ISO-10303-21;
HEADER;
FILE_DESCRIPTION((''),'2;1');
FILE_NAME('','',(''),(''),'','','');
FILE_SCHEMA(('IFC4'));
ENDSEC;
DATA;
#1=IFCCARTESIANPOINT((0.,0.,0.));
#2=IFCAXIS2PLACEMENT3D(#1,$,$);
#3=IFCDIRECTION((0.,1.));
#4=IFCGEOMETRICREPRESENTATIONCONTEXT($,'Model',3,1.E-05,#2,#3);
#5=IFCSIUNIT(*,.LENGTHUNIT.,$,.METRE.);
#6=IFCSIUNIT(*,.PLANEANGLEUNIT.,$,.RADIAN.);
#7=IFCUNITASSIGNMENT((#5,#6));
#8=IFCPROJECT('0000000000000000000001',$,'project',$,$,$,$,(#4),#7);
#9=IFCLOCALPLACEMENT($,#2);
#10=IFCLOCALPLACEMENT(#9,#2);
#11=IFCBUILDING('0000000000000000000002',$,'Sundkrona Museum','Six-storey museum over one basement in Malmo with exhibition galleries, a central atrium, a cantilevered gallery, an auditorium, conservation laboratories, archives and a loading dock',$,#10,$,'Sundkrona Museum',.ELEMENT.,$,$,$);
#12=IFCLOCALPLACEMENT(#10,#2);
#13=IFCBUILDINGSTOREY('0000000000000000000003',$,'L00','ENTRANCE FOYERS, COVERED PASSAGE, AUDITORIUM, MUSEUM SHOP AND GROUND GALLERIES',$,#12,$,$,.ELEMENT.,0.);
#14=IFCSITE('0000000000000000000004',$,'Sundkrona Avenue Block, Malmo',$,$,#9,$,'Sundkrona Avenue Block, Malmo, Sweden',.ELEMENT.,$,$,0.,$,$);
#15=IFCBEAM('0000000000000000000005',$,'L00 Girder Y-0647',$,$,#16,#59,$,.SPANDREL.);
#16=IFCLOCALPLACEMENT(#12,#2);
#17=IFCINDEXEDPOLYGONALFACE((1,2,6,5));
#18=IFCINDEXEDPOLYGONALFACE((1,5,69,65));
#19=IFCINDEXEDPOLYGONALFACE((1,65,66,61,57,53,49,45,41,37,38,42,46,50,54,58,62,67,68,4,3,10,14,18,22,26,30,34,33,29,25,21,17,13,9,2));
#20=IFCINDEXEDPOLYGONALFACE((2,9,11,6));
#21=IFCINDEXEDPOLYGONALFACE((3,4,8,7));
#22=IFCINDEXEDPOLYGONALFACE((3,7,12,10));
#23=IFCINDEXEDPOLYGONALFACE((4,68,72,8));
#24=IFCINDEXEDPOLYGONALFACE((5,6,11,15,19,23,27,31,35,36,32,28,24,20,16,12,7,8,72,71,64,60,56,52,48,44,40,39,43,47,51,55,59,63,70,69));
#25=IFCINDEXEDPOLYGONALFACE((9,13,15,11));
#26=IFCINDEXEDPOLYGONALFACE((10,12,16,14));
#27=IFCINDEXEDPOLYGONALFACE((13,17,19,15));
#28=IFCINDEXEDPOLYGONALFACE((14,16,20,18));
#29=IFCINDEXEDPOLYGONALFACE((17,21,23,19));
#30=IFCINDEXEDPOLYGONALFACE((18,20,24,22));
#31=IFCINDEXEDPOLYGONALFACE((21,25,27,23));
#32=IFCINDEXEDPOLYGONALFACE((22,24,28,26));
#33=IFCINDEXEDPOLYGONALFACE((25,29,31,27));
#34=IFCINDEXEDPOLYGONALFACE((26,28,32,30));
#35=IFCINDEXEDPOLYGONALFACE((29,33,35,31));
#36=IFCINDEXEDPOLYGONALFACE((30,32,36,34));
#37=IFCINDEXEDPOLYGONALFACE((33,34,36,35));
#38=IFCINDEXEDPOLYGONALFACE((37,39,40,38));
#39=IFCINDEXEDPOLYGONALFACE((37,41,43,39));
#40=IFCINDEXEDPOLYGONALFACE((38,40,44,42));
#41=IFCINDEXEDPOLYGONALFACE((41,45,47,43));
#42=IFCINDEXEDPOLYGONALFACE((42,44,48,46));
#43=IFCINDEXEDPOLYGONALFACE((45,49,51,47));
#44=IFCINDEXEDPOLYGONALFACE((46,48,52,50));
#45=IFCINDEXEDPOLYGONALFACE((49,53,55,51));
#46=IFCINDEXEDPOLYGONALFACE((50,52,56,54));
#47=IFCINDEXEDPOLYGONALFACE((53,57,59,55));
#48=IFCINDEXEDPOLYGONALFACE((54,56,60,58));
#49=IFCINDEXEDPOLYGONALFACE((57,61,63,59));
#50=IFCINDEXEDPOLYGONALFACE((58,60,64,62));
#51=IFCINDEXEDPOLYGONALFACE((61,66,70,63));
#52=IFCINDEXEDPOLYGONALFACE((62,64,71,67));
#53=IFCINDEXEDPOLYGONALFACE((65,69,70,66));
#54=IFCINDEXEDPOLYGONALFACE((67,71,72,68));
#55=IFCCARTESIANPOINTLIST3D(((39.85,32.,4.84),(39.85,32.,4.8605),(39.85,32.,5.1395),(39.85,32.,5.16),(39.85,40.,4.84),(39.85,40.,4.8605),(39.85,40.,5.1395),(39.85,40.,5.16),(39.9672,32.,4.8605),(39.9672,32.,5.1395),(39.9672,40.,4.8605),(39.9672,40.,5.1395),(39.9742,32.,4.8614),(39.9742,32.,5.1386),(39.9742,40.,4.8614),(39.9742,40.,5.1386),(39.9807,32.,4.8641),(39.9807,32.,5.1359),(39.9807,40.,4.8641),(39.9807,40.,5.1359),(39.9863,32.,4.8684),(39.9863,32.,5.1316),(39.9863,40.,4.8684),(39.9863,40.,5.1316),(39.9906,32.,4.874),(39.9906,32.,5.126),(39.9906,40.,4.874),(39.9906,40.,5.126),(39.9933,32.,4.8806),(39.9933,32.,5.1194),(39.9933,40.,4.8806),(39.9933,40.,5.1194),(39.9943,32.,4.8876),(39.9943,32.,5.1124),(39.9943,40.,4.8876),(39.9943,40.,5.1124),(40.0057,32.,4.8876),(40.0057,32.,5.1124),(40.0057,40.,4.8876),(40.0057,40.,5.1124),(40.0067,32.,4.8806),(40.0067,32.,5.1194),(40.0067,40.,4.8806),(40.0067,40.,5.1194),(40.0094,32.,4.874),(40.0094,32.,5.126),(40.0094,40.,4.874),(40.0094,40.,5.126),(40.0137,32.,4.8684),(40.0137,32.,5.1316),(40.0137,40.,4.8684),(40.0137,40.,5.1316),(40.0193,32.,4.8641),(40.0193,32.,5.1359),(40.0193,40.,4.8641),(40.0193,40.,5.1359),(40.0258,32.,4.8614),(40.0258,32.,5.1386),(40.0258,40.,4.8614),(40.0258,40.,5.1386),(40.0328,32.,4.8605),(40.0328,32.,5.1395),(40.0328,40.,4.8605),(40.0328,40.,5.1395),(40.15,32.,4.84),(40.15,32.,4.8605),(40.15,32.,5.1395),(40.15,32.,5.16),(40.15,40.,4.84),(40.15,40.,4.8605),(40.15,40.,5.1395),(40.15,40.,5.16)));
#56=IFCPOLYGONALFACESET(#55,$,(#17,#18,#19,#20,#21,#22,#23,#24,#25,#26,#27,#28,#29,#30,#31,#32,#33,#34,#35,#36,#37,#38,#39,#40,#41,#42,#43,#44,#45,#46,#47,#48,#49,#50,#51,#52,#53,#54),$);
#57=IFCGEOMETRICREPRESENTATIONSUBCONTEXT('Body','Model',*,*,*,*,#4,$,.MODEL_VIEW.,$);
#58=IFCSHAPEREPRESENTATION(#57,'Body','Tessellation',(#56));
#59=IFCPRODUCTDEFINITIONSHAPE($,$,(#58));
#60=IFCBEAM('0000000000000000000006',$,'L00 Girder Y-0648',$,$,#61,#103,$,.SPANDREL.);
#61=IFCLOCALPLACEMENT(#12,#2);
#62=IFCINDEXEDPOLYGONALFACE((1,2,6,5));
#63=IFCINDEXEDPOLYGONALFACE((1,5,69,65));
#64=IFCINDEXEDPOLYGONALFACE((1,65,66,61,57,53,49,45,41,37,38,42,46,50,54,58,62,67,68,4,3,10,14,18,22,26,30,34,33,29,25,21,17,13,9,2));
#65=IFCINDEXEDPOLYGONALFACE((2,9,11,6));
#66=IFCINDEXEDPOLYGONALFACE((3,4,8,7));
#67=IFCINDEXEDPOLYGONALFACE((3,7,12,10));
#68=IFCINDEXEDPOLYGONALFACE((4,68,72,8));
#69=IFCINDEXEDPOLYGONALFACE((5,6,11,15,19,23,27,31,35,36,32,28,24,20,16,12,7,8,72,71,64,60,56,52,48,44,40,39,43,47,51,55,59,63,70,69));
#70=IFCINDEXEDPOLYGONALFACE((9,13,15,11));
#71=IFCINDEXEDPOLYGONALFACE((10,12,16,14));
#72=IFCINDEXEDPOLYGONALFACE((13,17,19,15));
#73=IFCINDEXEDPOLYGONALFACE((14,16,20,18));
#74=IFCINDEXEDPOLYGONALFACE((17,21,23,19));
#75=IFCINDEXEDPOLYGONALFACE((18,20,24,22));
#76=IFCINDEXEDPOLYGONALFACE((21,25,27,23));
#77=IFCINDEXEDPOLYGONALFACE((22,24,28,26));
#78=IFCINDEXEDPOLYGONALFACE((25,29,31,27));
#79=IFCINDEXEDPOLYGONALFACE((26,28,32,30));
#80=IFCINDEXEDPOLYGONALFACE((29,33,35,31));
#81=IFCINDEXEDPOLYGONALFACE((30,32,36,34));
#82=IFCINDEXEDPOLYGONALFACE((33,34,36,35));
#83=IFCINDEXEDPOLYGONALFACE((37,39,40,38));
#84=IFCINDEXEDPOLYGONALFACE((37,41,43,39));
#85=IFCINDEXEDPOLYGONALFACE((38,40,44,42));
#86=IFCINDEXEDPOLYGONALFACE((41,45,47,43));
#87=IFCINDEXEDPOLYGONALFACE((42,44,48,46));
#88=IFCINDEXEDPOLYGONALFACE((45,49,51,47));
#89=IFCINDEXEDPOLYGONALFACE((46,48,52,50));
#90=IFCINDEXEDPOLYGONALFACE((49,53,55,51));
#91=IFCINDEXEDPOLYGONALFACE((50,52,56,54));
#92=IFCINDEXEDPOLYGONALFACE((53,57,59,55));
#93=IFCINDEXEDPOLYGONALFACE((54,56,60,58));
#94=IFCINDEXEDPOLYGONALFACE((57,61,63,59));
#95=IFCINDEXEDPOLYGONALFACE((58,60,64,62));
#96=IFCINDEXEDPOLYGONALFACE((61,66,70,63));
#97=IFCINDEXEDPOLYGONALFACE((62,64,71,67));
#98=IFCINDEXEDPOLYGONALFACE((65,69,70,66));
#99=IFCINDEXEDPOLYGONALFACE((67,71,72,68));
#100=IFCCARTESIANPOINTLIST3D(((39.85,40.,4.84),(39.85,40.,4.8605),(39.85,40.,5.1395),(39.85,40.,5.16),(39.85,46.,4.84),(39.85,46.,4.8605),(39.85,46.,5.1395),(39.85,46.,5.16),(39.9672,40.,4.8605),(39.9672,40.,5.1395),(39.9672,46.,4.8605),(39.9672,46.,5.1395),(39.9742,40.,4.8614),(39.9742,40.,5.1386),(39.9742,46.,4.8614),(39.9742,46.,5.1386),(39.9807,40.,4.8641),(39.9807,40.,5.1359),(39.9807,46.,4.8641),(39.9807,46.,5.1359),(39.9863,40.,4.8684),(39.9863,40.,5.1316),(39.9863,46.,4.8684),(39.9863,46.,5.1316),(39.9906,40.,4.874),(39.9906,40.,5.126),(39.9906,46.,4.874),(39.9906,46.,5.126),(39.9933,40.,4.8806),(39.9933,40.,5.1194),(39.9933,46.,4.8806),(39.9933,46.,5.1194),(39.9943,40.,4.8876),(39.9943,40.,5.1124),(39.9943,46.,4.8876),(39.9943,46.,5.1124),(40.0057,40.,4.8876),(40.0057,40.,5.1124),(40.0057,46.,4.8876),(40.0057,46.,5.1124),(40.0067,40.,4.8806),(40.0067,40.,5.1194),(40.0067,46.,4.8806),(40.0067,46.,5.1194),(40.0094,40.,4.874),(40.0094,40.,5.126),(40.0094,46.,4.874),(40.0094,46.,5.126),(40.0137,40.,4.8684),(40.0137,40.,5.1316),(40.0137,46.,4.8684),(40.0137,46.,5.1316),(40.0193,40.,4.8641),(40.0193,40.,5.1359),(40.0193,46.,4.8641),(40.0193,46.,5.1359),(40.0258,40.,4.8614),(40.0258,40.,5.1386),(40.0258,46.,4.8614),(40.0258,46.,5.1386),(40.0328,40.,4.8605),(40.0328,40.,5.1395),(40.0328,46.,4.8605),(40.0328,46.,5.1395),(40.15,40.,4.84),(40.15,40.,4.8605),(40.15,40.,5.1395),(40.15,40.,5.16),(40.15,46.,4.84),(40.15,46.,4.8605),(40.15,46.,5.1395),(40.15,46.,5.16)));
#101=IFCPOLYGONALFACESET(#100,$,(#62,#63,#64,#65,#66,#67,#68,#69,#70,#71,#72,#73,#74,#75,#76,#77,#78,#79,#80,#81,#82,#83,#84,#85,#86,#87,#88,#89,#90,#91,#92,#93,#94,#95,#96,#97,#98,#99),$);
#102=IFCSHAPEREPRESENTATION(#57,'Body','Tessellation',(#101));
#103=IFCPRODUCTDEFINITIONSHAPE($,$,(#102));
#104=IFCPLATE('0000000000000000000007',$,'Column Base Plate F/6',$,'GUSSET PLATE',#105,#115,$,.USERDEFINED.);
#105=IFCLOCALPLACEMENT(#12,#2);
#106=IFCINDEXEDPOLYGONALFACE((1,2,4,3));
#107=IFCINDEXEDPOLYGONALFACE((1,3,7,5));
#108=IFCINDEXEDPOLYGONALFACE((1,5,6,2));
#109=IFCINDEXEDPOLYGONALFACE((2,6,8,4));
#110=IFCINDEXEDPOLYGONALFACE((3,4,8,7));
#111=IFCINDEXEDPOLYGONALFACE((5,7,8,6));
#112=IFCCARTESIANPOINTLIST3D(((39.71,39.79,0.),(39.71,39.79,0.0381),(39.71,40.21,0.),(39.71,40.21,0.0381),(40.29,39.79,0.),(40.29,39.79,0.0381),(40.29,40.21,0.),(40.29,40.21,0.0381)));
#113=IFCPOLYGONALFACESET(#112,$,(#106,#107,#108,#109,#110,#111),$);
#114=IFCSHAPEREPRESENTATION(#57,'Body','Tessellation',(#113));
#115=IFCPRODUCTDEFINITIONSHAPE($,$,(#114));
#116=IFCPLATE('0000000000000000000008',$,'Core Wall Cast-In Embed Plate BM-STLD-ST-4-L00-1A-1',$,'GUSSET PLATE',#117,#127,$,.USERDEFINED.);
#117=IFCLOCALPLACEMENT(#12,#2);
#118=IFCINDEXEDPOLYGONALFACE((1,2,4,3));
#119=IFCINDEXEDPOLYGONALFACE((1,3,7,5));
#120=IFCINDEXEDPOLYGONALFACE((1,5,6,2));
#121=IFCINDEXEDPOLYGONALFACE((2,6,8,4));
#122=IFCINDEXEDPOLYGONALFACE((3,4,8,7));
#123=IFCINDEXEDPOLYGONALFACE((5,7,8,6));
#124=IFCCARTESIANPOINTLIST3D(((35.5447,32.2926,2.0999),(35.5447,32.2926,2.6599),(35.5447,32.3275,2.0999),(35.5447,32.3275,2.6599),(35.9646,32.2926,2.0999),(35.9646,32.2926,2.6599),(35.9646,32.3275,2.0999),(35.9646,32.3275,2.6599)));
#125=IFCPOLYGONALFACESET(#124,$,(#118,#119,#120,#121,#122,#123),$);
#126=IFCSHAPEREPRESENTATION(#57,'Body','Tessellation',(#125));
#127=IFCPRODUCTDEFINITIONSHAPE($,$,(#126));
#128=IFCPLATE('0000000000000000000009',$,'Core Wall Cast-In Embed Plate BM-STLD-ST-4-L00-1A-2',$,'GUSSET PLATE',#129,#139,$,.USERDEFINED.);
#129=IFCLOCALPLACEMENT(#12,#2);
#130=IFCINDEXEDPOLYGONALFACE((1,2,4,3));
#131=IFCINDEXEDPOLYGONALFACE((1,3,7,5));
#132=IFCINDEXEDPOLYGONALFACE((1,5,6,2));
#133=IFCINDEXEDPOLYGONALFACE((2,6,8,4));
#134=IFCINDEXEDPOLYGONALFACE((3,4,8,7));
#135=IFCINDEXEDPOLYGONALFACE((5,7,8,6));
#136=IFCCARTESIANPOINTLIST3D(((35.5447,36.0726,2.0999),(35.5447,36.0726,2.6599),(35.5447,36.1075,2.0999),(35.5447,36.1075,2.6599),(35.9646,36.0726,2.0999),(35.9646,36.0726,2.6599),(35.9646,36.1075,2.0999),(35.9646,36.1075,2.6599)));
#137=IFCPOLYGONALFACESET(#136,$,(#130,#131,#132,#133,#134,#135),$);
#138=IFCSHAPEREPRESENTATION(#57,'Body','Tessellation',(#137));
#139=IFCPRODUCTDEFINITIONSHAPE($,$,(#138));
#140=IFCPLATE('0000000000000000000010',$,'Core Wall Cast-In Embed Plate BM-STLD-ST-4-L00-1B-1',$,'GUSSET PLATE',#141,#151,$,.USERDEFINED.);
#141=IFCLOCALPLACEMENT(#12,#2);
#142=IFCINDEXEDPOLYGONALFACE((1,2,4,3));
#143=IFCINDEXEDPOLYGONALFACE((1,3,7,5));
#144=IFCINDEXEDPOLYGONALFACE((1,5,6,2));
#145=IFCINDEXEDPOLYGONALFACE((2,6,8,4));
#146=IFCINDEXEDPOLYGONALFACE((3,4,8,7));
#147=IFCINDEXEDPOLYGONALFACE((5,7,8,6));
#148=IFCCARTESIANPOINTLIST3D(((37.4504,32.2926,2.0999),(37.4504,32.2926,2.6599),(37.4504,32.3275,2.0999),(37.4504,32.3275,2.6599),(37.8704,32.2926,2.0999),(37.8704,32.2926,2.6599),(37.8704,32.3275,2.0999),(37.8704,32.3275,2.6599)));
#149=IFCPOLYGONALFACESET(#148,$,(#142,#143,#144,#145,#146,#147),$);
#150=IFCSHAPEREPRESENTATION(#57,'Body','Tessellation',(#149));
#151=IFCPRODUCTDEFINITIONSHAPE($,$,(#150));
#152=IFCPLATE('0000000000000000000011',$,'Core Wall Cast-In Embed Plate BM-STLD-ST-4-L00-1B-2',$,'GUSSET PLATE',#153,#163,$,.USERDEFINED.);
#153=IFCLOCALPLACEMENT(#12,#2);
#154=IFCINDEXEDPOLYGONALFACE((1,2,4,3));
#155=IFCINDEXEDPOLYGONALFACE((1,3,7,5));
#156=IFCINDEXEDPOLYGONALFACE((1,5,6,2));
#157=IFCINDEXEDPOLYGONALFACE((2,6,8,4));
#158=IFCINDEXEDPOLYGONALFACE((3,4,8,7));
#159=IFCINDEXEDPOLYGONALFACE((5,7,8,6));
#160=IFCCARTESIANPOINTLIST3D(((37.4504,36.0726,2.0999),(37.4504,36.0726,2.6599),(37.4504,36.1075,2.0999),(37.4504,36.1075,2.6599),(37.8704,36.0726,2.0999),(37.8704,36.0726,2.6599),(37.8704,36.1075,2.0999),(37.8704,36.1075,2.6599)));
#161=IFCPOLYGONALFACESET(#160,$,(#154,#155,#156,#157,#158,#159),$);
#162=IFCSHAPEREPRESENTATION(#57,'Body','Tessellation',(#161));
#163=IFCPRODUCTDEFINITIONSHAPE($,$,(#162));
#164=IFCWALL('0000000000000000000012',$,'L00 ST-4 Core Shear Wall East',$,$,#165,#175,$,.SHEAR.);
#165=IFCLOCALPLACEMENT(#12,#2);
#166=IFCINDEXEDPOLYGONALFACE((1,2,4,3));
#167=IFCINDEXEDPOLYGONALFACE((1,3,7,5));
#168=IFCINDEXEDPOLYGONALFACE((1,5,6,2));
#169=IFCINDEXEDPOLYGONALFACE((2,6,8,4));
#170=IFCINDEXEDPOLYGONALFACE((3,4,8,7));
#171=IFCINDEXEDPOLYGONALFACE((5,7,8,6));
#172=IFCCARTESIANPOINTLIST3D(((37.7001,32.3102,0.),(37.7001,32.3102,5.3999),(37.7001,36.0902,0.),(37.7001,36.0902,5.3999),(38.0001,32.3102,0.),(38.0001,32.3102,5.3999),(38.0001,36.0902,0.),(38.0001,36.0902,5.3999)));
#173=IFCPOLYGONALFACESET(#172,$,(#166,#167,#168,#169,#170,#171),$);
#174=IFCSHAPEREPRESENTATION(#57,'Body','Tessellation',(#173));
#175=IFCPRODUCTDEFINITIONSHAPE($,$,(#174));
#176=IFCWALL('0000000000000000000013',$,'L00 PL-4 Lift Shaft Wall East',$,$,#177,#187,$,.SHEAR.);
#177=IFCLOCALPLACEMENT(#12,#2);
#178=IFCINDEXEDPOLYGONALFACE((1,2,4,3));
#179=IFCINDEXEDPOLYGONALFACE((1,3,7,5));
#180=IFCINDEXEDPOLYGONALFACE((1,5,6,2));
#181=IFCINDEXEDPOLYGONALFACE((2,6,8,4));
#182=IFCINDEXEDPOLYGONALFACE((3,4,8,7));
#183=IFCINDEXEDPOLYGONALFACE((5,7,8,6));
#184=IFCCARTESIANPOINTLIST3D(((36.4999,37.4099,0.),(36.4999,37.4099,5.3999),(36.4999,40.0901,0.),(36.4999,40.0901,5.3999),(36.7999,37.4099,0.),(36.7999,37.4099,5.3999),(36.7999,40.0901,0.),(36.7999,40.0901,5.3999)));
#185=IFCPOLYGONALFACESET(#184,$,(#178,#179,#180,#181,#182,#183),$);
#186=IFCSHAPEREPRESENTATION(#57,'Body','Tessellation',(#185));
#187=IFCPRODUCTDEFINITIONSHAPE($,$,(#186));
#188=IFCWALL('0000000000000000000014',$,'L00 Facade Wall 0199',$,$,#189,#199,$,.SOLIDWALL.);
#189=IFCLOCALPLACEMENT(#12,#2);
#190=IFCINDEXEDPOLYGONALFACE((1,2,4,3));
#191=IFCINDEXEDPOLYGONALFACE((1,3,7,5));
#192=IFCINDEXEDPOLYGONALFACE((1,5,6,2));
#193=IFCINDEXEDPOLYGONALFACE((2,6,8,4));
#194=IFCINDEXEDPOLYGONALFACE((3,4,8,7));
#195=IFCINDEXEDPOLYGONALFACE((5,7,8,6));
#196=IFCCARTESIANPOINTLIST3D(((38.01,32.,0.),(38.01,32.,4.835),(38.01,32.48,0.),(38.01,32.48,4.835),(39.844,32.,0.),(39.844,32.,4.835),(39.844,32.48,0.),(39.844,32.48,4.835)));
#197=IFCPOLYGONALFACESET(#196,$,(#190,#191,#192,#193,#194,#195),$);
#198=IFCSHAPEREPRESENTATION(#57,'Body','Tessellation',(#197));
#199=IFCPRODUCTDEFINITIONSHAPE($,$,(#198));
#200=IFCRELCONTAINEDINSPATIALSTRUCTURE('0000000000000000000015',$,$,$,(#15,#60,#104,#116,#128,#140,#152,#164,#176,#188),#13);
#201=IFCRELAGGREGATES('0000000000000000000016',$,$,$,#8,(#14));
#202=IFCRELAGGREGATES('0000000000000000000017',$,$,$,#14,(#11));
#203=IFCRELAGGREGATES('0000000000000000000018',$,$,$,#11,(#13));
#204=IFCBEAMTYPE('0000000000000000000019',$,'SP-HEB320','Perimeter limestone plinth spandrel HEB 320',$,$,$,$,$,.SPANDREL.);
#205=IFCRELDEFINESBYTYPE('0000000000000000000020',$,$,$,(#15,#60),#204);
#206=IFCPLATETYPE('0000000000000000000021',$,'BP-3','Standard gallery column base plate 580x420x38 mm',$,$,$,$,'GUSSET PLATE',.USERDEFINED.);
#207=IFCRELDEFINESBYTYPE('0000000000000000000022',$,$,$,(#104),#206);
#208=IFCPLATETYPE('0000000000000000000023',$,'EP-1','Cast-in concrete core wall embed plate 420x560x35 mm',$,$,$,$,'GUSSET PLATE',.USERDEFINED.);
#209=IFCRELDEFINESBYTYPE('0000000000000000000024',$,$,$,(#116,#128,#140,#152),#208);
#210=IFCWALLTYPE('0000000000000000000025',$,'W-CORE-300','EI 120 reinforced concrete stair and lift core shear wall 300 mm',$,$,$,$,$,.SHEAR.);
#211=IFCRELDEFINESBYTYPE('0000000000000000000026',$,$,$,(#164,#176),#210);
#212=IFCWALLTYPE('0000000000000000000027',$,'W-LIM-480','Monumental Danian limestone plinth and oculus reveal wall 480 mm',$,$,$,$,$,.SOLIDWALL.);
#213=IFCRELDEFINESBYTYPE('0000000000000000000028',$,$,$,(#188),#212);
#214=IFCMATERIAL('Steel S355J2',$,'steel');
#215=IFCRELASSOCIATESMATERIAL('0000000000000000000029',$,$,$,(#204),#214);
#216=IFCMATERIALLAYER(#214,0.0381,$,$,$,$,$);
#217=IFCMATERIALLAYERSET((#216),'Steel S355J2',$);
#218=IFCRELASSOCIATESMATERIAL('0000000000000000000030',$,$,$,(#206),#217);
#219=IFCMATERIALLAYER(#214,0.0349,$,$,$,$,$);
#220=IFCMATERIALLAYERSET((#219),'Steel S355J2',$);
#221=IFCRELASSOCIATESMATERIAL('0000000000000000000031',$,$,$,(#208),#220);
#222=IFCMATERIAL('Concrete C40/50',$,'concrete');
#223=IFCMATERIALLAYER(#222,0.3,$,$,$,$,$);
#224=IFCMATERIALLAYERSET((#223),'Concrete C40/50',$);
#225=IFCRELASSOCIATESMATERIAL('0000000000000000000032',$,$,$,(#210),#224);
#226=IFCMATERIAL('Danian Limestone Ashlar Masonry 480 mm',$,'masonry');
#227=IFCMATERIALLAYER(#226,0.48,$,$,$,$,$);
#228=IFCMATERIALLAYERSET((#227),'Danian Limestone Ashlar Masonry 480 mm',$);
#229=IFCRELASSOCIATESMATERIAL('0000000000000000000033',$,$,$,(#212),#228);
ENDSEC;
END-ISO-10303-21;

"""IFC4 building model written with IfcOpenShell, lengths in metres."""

from ifc_helpers import new_model, si_unit, direction, frame, frame_2d, origin, origin_2d, place, context, subcontext, project, spatial, rectangle, i_section, extrude, material, layer, layer_set, material_profile, profile_set, type_object, element, save


model = new_model("IFC4")

# Units and contexts
model_context = context("Model", 3, precision=1e-05, world=origin(), true_north=direction((0.0, 1.0)))
body_context = subcontext(model_context, "Body", "Model", "MODEL_VIEW")
ifc_project = project(units=[si_unit("LENGTHUNIT", "METRE"), si_unit("PLANEANGLEUNIT", "RADIAN")], contexts=[model_context])

# Site, building, storey
site_placement = place(None, origin())
site = spatial("IfcSite", under=ifc_project, at=site_placement, Name="Sundkrona Avenue Block, Malmo", LongName="Sundkrona Avenue Block, Malmo, Sweden", CompositionType="ELEMENT", RefElevation=0.0)
building_placement = place(site_placement, origin())
building = spatial("IfcBuilding", under=site, at=building_placement, Name="Sundkrona Museum", Description="Six-storey museum over one basement in Malmo with exhibition galleries, a central atrium, a cantilevered gallery, an auditorium, conservation laboratories, archives and a loading dock", LongName="Sundkrona Museum", CompositionType="ELEMENT")
storey_placement = place(building_placement, origin())
storey = spatial("IfcBuildingStorey", under=building, at=storey_placement, Name="L00", Description="ENTRANCE FOYERS, COVERED PASSAGE, AUDITORIUM, MUSEUM SHOP AND GROUND GALLERIES", CompositionType="ELEMENT", Elevation=0.0)

# Shared definitions
ifc_material_1 = material(Name="Steel S355J2", Category="steel")

# Beams
ifc_material_profile_1 = material_profile(ifc_material_1, i_section(OverallWidth=0.3, OverallDepth=0.3201, WebThickness=0.0115, FlangeThickness=0.0205, FilletRadius=0.0271, at=origin_2d()), Name="HEB 320")
ifc_profile_set_1 = profile_set([ifc_material_profile_1], Name="Steel S355J2")
beam_type_1 = type_object("IfcBeamType", Name="SP-HEB320", Description="Perimeter limestone plinth spandrel HEB 320", PredefinedType="SPANDREL", material=ifc_profile_set_1)
beam_1_placement = place(storey_placement, frame((40.0, 32.0, 5.0), z_axis=(0.0, 1.0, 0.0), x_axis=(-1.0, 0.0, 0.0)))
element("IfcBeam", 1, at=beam_1_placement, inside=storey, type_object=beam_type_1, Name="L00 Girder Y-0647", PredefinedType="SPANDREL", context=body_context, shape_type="SweptSolid", body=[
    extrude(i_section(OverallWidth=0.3, OverallDepth=0.3201, WebThickness=0.0115, FlangeThickness=0.0205, FilletRadius=0.0271, at=origin_2d()), origin(), (0.0, 0.0, 1.0), 8.0),
])
beam_2_placement = place(storey_placement, frame((40.0, 40.0, 5.0), z_axis=(0.0, 1.0, 0.0), x_axis=(-1.0, 0.0, 0.0)))
element("IfcBeam", 2, at=beam_2_placement, inside=storey, type_object=beam_type_1, Name="L00 Girder Y-0648", PredefinedType="SPANDREL", context=body_context, shape_type="SweptSolid", body=[
    extrude(i_section(OverallWidth=0.3, OverallDepth=0.3201, WebThickness=0.0115, FlangeThickness=0.0205, FilletRadius=0.0271, at=origin_2d()), origin(), (0.0, 0.0, 1.0), 6.0),
])

# Plates
ifc_layer_1 = layer(ifc_material_1, 0.0381)
ifc_layer_set_1 = layer_set([ifc_layer_1], Name="Steel S355J2")
plate_type_1 = type_object("IfcPlateType", Name="BP-3", Description="Standard gallery column base plate 580x420x38 mm", ElementType="GUSSET PLATE", PredefinedType="USERDEFINED", material=ifc_layer_set_1)
plate_placement = place(storey_placement, frame((40.0, 40.0, 0.0), z_axis=(0.0, 0.0, 1.0), x_axis=(1.0, 0.0, 0.0)))
element("IfcPlate", 3, at=plate_placement, inside=storey, type_object=plate_type_1, Name="Column Base Plate F/6", ObjectType="GUSSET PLATE", PredefinedType="USERDEFINED", context=body_context, shape_type="SweptSolid", body=[
    extrude(rectangle(XDim=0.5801, YDim=0.4199, at=origin_2d()), origin(), (0.0, 0.0, 1.0), 0.0381),
])
ifc_layer_2 = layer(ifc_material_1, 0.0349)
ifc_layer_set_2 = layer_set([ifc_layer_2], Name="Steel S355J2")
plate_type_2 = type_object("IfcPlateType", Name="EP-1", Description="Cast-in concrete core wall embed plate 420x560x35 mm", ElementType="GUSSET PLATE", PredefinedType="USERDEFINED", material=ifc_layer_set_2)
for number, where, z_axis, x_axis, name in (
    (4, (35.7546, 32.3101, 2.0999), (0.0, 0.0, 1.0), (1.0, 0.0, 0.0), "Core Wall Cast-In Embed Plate BM-STLD-ST-4-L00-1A-1"),
    (5, (35.7546, 36.0901, 2.0999), (0.0, 0.0, 1.0), (1.0, 0.0, 0.0), "Core Wall Cast-In Embed Plate BM-STLD-ST-4-L00-1A-2"),
    (6, (37.6604, 32.3101, 2.0999), (0.0, 0.0, 1.0), (1.0, 0.0, 0.0), "Core Wall Cast-In Embed Plate BM-STLD-ST-4-L00-1B-1"),
    (7, (37.6604, 36.0901, 2.0999), (0.0, 0.0, 1.0), (1.0, 0.0, 0.0), "Core Wall Cast-In Embed Plate BM-STLD-ST-4-L00-1B-2"),
):
    element("IfcPlate", number, at=place(storey_placement, frame(where, z_axis=z_axis, x_axis=x_axis)), inside=storey, type_object=plate_type_2, Name=name, ObjectType="GUSSET PLATE", PredefinedType="USERDEFINED", context=body_context, shape_type="SweptSolid", body=[
        extrude(rectangle(XDim=0.4199, YDim=0.0349, at=origin_2d()), origin(), (0.0, 0.0, 1.0), 0.5601),
    ])

# Walls
ifc_material_2 = material(Name="Concrete C40/50", Category="concrete")
ifc_layer_3 = layer(ifc_material_2, 0.3)
ifc_layer_set_3 = layer_set([ifc_layer_3], Name="Concrete C40/50")
wall_type_1 = type_object("IfcWallType", Name="W-CORE-300", Description="EI 120 reinforced concrete stair and lift core shear wall 300 mm", PredefinedType="SHEAR", material=ifc_layer_set_3)
wall_1_placement = place(storey_placement, frame((37.8501, 32.3101, 0.0), z_axis=(0.0, 0.0, 1.0), x_axis=(0.0, 1.0, 0.0)))
element("IfcWall", 8, at=wall_1_placement, inside=storey, type_object=wall_type_1, Name="L00 ST-4 Core Shear Wall East", PredefinedType="SHEAR", context=body_context, shape_type="SweptSolid", body=[
    extrude(rectangle(XDim=3.78, YDim=0.3, at=frame_2d((1.8901, 0.0))), origin(), (0.0, 0.0, 1.0), 5.3999),
])
wall_2_placement = place(storey_placement, frame((36.6499, 37.4099, 0.0), z_axis=(0.0, 0.0, 1.0), x_axis=(0.0, 1.0, 0.0)))
element("IfcWall", 9, at=wall_2_placement, inside=storey, type_object=wall_type_1, Name="L00 PL-4 Lift Shaft Wall East", PredefinedType="SHEAR", context=body_context, shape_type="SweptSolid", body=[
    extrude(rectangle(XDim=2.6802, YDim=0.3, at=frame_2d((1.3401, 0.0))), origin(), (0.0, 0.0, 1.0), 5.3999),
])
ifc_material_3 = material(Name="Danian Limestone Ashlar Masonry 480 mm", Category="masonry")
ifc_layer_4 = layer(ifc_material_3, 0.48)
ifc_layer_set_4 = layer_set([ifc_layer_4], Name="Danian Limestone Ashlar Masonry 480 mm")
wall_type_2 = type_object("IfcWallType", Name="W-LIM-480", Description="Monumental Danian limestone plinth and oculus reveal wall 480 mm", PredefinedType="SOLIDWALL", material=ifc_layer_set_4)
wall_3_placement = place(storey_placement, frame((39.844, 32.24, 0.0), z_axis=(0.0, 0.0, 1.0), x_axis=(-1.0, 0.0, 0.0)))
element("IfcWall", 10, at=wall_3_placement, inside=storey, type_object=wall_type_2, Name="L00 Facade Wall 0199", PredefinedType="SOLIDWALL", context=body_context, shape_type="SweptSolid", body=[
    extrude(rectangle(XDim=1.834, YDim=0.48, at=frame_2d((0.917, 0.0))), origin(), (0.0, 0.0, 1.0), 4.835),
])

save(model, "model.ifc")
